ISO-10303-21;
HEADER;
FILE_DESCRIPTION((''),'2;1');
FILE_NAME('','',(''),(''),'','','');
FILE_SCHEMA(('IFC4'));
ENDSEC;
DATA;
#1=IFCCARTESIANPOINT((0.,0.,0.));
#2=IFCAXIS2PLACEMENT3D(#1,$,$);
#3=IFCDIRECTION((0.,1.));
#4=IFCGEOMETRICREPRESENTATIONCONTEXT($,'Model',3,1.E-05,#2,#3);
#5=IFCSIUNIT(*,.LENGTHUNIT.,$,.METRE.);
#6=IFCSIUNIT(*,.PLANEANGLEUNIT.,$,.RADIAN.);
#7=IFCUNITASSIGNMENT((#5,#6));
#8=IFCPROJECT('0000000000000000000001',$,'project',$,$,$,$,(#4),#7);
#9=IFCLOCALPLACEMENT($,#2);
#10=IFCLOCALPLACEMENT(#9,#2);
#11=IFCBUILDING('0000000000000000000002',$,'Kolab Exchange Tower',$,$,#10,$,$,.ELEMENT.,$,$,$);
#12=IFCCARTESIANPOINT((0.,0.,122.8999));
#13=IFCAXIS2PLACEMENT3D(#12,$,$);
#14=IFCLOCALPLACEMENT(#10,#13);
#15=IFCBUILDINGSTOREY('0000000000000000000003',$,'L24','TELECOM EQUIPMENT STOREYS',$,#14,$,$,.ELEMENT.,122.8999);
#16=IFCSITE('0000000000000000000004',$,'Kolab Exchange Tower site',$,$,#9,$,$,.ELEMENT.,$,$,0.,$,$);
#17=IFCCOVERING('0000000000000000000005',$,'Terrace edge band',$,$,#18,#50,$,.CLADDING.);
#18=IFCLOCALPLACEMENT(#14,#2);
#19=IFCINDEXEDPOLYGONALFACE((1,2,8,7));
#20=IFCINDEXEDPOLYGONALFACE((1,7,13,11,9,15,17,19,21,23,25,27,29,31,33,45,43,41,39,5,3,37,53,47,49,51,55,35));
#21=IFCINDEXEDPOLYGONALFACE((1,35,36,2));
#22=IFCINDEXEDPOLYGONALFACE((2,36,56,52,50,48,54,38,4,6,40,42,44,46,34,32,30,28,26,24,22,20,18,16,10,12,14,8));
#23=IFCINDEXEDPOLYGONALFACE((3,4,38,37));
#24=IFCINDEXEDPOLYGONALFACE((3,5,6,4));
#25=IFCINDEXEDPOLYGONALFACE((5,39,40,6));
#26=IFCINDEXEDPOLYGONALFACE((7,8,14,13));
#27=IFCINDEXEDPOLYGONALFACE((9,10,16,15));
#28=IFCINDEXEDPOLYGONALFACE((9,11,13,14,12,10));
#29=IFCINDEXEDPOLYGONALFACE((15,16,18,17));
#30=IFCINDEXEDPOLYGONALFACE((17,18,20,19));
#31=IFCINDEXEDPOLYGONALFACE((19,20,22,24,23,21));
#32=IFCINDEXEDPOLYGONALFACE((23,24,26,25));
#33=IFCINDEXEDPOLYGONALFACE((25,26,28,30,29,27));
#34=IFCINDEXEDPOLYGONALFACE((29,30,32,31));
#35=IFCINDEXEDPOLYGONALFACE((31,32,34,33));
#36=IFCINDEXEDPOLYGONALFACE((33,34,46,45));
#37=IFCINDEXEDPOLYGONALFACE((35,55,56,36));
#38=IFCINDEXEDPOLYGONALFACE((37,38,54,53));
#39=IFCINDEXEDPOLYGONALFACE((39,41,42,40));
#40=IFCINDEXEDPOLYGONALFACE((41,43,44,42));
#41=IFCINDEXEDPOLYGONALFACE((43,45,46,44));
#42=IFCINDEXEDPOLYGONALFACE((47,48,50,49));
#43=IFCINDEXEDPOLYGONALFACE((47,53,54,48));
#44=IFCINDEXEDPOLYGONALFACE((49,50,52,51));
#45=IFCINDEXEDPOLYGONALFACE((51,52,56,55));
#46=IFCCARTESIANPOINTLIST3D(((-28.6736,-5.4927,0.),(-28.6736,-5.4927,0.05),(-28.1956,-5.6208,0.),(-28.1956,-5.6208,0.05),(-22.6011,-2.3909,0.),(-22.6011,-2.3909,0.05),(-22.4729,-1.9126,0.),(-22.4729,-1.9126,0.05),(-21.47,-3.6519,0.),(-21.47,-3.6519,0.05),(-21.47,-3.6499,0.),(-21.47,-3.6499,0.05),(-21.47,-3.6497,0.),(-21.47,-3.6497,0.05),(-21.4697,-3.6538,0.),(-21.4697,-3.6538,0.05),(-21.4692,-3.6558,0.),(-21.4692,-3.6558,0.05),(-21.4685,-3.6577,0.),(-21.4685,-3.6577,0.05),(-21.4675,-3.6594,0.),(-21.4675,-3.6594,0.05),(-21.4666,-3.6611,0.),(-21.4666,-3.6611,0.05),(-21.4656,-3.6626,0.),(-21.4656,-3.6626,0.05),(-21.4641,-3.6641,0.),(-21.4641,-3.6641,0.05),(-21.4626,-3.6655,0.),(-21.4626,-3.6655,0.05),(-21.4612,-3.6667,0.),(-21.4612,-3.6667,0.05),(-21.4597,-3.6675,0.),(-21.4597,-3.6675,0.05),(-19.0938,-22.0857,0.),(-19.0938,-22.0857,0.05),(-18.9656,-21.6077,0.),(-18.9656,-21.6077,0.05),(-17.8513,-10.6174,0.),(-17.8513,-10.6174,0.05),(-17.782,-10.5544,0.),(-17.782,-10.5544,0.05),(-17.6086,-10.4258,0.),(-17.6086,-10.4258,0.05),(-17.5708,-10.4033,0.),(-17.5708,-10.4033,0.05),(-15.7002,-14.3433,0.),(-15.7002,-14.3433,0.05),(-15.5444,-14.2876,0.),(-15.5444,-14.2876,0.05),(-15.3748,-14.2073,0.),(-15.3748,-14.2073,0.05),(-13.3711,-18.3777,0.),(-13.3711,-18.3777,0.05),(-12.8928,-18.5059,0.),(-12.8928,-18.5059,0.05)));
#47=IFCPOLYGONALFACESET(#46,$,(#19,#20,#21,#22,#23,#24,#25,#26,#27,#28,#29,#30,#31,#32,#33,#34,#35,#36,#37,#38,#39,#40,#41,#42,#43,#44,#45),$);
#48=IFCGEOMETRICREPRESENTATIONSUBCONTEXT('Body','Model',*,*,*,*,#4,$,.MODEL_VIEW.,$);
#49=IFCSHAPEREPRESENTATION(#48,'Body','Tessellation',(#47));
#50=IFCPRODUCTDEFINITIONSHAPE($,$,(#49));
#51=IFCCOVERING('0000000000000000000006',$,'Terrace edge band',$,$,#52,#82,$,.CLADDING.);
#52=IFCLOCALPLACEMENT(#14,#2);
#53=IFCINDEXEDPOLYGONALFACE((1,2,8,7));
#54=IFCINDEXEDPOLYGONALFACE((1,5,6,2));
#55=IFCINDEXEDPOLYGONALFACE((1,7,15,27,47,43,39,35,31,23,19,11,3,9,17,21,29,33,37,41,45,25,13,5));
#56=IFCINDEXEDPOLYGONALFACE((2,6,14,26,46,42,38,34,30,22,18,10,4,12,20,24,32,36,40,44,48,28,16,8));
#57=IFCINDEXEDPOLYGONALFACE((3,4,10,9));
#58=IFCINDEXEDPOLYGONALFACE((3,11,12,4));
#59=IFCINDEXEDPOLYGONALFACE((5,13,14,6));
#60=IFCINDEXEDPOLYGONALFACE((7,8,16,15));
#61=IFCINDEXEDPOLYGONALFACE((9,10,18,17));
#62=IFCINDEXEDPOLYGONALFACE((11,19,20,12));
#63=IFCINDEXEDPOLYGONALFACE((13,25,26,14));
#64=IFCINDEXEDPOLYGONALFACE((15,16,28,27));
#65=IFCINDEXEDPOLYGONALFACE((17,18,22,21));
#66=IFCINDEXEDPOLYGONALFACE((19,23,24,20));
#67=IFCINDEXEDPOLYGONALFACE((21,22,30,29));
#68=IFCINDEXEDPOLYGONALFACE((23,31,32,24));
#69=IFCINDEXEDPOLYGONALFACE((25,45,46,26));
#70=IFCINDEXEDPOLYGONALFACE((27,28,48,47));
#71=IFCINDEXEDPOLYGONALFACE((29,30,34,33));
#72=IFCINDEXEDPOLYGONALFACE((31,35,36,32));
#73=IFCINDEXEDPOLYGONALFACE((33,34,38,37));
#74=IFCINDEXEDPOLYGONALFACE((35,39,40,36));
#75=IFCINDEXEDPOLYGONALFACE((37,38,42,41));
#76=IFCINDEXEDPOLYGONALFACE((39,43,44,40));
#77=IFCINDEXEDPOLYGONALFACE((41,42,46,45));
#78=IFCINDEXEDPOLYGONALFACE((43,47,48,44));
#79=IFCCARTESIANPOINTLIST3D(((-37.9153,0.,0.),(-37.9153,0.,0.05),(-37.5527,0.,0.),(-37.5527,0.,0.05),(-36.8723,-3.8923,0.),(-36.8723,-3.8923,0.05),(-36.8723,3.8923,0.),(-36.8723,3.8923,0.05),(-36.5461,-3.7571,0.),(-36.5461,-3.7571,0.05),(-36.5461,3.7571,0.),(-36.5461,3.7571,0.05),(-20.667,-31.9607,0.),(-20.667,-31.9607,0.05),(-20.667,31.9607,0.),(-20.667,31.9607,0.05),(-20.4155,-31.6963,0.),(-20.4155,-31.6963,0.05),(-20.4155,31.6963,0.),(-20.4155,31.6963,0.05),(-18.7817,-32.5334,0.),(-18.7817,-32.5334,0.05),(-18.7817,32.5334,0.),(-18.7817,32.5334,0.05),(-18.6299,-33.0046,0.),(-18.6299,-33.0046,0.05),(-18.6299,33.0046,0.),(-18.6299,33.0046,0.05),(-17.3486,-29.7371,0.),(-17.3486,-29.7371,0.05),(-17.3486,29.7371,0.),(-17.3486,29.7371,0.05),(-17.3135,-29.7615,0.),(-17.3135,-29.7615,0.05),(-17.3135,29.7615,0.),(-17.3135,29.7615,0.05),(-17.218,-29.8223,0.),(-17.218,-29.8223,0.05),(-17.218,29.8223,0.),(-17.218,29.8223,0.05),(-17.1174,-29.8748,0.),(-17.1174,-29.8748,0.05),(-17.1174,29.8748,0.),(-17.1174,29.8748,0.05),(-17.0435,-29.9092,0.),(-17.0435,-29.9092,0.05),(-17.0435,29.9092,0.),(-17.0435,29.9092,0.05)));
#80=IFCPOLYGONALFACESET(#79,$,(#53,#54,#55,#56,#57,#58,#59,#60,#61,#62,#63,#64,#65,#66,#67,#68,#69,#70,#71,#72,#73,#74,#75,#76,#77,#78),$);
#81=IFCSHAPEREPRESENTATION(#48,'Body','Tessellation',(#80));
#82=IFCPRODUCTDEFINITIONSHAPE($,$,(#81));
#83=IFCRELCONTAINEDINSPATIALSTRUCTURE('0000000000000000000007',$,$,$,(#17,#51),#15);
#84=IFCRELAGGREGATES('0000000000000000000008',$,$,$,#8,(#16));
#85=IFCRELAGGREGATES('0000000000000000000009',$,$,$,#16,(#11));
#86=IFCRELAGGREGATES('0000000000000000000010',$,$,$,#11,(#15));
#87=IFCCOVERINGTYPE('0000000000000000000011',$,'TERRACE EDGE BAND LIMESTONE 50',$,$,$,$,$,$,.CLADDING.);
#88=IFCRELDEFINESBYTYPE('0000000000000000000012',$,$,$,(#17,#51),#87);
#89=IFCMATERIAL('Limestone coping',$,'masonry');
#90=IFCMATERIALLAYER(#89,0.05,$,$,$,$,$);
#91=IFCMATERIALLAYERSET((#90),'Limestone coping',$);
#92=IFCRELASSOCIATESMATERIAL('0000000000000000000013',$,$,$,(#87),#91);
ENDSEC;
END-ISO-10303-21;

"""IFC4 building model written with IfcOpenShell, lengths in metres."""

from ifc_helpers import new_model, si_unit, direction, frame, origin, place, context, subcontext, project, spatial, polyline, outline, extrude, material, layer, layer_set, type_object, element, save


model = new_model("IFC4")

# Units and contexts
model_context = context("Model", 3, precision=1e-05, world=origin(), true_north=direction((0.0, 1.0)))
body_context = subcontext(model_context, "Body", "Model", "MODEL_VIEW")
ifc_project = project(units=[si_unit("LENGTHUNIT", "METRE"), si_unit("PLANEANGLEUNIT", "RADIAN")], contexts=[model_context])

# Site, building, storey
site_placement = place(None, origin())
site = spatial("IfcSite", under=ifc_project, at=site_placement, Name="Kolab Exchange Tower site", CompositionType="ELEMENT", RefElevation=0.0)
building_placement = place(site_placement, origin())
building = spatial("IfcBuilding", under=site, at=building_placement, Name="Kolab Exchange Tower", CompositionType="ELEMENT")
storey_placement = place(building_placement, frame((0.0, 0.0, 122.8999)))
storey = spatial("IfcBuildingStorey", under=building, at=storey_placement, Name="L24", Description="TELECOM EQUIPMENT STOREYS", CompositionType="ELEMENT", Elevation=122.8999)

# Coverings
ifc_material_1 = material(Name="Limestone coping", Category="masonry")
ifc_layer_1 = layer(ifc_material_1, 0.05)
ifc_layer_set_1 = layer_set([ifc_layer_1], Name="Limestone coping")
covering_type_1 = type_object("IfcCoveringType", Name="TERRACE EDGE BAND LIMESTONE 50", PredefinedType="CLADDING", material=ifc_layer_set_1)
covering_1_placement = place(storey_placement, origin())
element("IfcCovering", 1, at=covering_1_placement, inside=storey, type_object=covering_type_1, Name="Terrace edge band", PredefinedType="CLADDING", context=body_context, shape_type="SweptSolid", body=[
    extrude(outline(polyline([(-28.6736, -5.4927), (-22.4729, -1.9126), (-21.47, -3.6497), (-21.47, -3.6499), (-21.47, -3.6519), (-21.4697, -3.6538), (-21.4692, -3.6558), (-21.4685, -3.6577), (-21.4675, -3.6594), (-21.4666, -3.6611), (-21.4656, -3.6626), (-21.4641, -3.6641), (-21.4626, -3.6655), (-21.4612, -3.6667), (-21.4597, -3.6675), (-17.5708, -10.4033), (-17.6086, -10.4258), (-17.782, -10.5544), (-17.8513, -10.6174), (-22.6011, -2.3909), (-28.1956, -5.6208), (-18.9656, -21.6077), (-13.3711, -18.3777), (-15.7002, -14.3433), (-15.5444, -14.2876), (-15.3748, -14.2073), (-12.8928, -18.5059), (-19.0938, -22.0857), (-28.6736, -5.4927)])), origin(), (0.0, 0.0, 1.0), 0.05),
])
covering_2_placement = place(storey_placement, origin())
element("IfcCovering", 2, at=covering_2_placement, inside=storey, type_object=covering_type_1, Name="Terrace edge band", PredefinedType="CLADDING", context=body_context, shape_type="SweptSolid", body=[
    extrude(outline(polyline([(-20.667, -31.9607), (-36.8723, -3.8923), (-37.9153, 0.0), (-36.8723, 3.8923), (-20.667, 31.9607), (-18.6299, 33.0046), (-17.0435, 29.9092), (-17.1174, 29.8748), (-17.218, 29.8223), (-17.3135, 29.7615), (-17.3486, 29.7371), (-18.7817, 32.5334), (-20.4155, 31.6963), (-36.5461, 3.7571), (-37.5527, 0.0), (-36.5461, -3.7571), (-20.4155, -31.6963), (-18.7817, -32.5334), (-17.3486, -29.7371), (-17.3135, -29.7615), (-17.218, -29.8223), (-17.1174, -29.8748), (-17.0435, -29.9092), (-18.6299, -33.0046), (-20.667, -31.9607)])), origin(), (0.0, 0.0, 1.0), 0.05),
])

save(model, "model.ifc")
